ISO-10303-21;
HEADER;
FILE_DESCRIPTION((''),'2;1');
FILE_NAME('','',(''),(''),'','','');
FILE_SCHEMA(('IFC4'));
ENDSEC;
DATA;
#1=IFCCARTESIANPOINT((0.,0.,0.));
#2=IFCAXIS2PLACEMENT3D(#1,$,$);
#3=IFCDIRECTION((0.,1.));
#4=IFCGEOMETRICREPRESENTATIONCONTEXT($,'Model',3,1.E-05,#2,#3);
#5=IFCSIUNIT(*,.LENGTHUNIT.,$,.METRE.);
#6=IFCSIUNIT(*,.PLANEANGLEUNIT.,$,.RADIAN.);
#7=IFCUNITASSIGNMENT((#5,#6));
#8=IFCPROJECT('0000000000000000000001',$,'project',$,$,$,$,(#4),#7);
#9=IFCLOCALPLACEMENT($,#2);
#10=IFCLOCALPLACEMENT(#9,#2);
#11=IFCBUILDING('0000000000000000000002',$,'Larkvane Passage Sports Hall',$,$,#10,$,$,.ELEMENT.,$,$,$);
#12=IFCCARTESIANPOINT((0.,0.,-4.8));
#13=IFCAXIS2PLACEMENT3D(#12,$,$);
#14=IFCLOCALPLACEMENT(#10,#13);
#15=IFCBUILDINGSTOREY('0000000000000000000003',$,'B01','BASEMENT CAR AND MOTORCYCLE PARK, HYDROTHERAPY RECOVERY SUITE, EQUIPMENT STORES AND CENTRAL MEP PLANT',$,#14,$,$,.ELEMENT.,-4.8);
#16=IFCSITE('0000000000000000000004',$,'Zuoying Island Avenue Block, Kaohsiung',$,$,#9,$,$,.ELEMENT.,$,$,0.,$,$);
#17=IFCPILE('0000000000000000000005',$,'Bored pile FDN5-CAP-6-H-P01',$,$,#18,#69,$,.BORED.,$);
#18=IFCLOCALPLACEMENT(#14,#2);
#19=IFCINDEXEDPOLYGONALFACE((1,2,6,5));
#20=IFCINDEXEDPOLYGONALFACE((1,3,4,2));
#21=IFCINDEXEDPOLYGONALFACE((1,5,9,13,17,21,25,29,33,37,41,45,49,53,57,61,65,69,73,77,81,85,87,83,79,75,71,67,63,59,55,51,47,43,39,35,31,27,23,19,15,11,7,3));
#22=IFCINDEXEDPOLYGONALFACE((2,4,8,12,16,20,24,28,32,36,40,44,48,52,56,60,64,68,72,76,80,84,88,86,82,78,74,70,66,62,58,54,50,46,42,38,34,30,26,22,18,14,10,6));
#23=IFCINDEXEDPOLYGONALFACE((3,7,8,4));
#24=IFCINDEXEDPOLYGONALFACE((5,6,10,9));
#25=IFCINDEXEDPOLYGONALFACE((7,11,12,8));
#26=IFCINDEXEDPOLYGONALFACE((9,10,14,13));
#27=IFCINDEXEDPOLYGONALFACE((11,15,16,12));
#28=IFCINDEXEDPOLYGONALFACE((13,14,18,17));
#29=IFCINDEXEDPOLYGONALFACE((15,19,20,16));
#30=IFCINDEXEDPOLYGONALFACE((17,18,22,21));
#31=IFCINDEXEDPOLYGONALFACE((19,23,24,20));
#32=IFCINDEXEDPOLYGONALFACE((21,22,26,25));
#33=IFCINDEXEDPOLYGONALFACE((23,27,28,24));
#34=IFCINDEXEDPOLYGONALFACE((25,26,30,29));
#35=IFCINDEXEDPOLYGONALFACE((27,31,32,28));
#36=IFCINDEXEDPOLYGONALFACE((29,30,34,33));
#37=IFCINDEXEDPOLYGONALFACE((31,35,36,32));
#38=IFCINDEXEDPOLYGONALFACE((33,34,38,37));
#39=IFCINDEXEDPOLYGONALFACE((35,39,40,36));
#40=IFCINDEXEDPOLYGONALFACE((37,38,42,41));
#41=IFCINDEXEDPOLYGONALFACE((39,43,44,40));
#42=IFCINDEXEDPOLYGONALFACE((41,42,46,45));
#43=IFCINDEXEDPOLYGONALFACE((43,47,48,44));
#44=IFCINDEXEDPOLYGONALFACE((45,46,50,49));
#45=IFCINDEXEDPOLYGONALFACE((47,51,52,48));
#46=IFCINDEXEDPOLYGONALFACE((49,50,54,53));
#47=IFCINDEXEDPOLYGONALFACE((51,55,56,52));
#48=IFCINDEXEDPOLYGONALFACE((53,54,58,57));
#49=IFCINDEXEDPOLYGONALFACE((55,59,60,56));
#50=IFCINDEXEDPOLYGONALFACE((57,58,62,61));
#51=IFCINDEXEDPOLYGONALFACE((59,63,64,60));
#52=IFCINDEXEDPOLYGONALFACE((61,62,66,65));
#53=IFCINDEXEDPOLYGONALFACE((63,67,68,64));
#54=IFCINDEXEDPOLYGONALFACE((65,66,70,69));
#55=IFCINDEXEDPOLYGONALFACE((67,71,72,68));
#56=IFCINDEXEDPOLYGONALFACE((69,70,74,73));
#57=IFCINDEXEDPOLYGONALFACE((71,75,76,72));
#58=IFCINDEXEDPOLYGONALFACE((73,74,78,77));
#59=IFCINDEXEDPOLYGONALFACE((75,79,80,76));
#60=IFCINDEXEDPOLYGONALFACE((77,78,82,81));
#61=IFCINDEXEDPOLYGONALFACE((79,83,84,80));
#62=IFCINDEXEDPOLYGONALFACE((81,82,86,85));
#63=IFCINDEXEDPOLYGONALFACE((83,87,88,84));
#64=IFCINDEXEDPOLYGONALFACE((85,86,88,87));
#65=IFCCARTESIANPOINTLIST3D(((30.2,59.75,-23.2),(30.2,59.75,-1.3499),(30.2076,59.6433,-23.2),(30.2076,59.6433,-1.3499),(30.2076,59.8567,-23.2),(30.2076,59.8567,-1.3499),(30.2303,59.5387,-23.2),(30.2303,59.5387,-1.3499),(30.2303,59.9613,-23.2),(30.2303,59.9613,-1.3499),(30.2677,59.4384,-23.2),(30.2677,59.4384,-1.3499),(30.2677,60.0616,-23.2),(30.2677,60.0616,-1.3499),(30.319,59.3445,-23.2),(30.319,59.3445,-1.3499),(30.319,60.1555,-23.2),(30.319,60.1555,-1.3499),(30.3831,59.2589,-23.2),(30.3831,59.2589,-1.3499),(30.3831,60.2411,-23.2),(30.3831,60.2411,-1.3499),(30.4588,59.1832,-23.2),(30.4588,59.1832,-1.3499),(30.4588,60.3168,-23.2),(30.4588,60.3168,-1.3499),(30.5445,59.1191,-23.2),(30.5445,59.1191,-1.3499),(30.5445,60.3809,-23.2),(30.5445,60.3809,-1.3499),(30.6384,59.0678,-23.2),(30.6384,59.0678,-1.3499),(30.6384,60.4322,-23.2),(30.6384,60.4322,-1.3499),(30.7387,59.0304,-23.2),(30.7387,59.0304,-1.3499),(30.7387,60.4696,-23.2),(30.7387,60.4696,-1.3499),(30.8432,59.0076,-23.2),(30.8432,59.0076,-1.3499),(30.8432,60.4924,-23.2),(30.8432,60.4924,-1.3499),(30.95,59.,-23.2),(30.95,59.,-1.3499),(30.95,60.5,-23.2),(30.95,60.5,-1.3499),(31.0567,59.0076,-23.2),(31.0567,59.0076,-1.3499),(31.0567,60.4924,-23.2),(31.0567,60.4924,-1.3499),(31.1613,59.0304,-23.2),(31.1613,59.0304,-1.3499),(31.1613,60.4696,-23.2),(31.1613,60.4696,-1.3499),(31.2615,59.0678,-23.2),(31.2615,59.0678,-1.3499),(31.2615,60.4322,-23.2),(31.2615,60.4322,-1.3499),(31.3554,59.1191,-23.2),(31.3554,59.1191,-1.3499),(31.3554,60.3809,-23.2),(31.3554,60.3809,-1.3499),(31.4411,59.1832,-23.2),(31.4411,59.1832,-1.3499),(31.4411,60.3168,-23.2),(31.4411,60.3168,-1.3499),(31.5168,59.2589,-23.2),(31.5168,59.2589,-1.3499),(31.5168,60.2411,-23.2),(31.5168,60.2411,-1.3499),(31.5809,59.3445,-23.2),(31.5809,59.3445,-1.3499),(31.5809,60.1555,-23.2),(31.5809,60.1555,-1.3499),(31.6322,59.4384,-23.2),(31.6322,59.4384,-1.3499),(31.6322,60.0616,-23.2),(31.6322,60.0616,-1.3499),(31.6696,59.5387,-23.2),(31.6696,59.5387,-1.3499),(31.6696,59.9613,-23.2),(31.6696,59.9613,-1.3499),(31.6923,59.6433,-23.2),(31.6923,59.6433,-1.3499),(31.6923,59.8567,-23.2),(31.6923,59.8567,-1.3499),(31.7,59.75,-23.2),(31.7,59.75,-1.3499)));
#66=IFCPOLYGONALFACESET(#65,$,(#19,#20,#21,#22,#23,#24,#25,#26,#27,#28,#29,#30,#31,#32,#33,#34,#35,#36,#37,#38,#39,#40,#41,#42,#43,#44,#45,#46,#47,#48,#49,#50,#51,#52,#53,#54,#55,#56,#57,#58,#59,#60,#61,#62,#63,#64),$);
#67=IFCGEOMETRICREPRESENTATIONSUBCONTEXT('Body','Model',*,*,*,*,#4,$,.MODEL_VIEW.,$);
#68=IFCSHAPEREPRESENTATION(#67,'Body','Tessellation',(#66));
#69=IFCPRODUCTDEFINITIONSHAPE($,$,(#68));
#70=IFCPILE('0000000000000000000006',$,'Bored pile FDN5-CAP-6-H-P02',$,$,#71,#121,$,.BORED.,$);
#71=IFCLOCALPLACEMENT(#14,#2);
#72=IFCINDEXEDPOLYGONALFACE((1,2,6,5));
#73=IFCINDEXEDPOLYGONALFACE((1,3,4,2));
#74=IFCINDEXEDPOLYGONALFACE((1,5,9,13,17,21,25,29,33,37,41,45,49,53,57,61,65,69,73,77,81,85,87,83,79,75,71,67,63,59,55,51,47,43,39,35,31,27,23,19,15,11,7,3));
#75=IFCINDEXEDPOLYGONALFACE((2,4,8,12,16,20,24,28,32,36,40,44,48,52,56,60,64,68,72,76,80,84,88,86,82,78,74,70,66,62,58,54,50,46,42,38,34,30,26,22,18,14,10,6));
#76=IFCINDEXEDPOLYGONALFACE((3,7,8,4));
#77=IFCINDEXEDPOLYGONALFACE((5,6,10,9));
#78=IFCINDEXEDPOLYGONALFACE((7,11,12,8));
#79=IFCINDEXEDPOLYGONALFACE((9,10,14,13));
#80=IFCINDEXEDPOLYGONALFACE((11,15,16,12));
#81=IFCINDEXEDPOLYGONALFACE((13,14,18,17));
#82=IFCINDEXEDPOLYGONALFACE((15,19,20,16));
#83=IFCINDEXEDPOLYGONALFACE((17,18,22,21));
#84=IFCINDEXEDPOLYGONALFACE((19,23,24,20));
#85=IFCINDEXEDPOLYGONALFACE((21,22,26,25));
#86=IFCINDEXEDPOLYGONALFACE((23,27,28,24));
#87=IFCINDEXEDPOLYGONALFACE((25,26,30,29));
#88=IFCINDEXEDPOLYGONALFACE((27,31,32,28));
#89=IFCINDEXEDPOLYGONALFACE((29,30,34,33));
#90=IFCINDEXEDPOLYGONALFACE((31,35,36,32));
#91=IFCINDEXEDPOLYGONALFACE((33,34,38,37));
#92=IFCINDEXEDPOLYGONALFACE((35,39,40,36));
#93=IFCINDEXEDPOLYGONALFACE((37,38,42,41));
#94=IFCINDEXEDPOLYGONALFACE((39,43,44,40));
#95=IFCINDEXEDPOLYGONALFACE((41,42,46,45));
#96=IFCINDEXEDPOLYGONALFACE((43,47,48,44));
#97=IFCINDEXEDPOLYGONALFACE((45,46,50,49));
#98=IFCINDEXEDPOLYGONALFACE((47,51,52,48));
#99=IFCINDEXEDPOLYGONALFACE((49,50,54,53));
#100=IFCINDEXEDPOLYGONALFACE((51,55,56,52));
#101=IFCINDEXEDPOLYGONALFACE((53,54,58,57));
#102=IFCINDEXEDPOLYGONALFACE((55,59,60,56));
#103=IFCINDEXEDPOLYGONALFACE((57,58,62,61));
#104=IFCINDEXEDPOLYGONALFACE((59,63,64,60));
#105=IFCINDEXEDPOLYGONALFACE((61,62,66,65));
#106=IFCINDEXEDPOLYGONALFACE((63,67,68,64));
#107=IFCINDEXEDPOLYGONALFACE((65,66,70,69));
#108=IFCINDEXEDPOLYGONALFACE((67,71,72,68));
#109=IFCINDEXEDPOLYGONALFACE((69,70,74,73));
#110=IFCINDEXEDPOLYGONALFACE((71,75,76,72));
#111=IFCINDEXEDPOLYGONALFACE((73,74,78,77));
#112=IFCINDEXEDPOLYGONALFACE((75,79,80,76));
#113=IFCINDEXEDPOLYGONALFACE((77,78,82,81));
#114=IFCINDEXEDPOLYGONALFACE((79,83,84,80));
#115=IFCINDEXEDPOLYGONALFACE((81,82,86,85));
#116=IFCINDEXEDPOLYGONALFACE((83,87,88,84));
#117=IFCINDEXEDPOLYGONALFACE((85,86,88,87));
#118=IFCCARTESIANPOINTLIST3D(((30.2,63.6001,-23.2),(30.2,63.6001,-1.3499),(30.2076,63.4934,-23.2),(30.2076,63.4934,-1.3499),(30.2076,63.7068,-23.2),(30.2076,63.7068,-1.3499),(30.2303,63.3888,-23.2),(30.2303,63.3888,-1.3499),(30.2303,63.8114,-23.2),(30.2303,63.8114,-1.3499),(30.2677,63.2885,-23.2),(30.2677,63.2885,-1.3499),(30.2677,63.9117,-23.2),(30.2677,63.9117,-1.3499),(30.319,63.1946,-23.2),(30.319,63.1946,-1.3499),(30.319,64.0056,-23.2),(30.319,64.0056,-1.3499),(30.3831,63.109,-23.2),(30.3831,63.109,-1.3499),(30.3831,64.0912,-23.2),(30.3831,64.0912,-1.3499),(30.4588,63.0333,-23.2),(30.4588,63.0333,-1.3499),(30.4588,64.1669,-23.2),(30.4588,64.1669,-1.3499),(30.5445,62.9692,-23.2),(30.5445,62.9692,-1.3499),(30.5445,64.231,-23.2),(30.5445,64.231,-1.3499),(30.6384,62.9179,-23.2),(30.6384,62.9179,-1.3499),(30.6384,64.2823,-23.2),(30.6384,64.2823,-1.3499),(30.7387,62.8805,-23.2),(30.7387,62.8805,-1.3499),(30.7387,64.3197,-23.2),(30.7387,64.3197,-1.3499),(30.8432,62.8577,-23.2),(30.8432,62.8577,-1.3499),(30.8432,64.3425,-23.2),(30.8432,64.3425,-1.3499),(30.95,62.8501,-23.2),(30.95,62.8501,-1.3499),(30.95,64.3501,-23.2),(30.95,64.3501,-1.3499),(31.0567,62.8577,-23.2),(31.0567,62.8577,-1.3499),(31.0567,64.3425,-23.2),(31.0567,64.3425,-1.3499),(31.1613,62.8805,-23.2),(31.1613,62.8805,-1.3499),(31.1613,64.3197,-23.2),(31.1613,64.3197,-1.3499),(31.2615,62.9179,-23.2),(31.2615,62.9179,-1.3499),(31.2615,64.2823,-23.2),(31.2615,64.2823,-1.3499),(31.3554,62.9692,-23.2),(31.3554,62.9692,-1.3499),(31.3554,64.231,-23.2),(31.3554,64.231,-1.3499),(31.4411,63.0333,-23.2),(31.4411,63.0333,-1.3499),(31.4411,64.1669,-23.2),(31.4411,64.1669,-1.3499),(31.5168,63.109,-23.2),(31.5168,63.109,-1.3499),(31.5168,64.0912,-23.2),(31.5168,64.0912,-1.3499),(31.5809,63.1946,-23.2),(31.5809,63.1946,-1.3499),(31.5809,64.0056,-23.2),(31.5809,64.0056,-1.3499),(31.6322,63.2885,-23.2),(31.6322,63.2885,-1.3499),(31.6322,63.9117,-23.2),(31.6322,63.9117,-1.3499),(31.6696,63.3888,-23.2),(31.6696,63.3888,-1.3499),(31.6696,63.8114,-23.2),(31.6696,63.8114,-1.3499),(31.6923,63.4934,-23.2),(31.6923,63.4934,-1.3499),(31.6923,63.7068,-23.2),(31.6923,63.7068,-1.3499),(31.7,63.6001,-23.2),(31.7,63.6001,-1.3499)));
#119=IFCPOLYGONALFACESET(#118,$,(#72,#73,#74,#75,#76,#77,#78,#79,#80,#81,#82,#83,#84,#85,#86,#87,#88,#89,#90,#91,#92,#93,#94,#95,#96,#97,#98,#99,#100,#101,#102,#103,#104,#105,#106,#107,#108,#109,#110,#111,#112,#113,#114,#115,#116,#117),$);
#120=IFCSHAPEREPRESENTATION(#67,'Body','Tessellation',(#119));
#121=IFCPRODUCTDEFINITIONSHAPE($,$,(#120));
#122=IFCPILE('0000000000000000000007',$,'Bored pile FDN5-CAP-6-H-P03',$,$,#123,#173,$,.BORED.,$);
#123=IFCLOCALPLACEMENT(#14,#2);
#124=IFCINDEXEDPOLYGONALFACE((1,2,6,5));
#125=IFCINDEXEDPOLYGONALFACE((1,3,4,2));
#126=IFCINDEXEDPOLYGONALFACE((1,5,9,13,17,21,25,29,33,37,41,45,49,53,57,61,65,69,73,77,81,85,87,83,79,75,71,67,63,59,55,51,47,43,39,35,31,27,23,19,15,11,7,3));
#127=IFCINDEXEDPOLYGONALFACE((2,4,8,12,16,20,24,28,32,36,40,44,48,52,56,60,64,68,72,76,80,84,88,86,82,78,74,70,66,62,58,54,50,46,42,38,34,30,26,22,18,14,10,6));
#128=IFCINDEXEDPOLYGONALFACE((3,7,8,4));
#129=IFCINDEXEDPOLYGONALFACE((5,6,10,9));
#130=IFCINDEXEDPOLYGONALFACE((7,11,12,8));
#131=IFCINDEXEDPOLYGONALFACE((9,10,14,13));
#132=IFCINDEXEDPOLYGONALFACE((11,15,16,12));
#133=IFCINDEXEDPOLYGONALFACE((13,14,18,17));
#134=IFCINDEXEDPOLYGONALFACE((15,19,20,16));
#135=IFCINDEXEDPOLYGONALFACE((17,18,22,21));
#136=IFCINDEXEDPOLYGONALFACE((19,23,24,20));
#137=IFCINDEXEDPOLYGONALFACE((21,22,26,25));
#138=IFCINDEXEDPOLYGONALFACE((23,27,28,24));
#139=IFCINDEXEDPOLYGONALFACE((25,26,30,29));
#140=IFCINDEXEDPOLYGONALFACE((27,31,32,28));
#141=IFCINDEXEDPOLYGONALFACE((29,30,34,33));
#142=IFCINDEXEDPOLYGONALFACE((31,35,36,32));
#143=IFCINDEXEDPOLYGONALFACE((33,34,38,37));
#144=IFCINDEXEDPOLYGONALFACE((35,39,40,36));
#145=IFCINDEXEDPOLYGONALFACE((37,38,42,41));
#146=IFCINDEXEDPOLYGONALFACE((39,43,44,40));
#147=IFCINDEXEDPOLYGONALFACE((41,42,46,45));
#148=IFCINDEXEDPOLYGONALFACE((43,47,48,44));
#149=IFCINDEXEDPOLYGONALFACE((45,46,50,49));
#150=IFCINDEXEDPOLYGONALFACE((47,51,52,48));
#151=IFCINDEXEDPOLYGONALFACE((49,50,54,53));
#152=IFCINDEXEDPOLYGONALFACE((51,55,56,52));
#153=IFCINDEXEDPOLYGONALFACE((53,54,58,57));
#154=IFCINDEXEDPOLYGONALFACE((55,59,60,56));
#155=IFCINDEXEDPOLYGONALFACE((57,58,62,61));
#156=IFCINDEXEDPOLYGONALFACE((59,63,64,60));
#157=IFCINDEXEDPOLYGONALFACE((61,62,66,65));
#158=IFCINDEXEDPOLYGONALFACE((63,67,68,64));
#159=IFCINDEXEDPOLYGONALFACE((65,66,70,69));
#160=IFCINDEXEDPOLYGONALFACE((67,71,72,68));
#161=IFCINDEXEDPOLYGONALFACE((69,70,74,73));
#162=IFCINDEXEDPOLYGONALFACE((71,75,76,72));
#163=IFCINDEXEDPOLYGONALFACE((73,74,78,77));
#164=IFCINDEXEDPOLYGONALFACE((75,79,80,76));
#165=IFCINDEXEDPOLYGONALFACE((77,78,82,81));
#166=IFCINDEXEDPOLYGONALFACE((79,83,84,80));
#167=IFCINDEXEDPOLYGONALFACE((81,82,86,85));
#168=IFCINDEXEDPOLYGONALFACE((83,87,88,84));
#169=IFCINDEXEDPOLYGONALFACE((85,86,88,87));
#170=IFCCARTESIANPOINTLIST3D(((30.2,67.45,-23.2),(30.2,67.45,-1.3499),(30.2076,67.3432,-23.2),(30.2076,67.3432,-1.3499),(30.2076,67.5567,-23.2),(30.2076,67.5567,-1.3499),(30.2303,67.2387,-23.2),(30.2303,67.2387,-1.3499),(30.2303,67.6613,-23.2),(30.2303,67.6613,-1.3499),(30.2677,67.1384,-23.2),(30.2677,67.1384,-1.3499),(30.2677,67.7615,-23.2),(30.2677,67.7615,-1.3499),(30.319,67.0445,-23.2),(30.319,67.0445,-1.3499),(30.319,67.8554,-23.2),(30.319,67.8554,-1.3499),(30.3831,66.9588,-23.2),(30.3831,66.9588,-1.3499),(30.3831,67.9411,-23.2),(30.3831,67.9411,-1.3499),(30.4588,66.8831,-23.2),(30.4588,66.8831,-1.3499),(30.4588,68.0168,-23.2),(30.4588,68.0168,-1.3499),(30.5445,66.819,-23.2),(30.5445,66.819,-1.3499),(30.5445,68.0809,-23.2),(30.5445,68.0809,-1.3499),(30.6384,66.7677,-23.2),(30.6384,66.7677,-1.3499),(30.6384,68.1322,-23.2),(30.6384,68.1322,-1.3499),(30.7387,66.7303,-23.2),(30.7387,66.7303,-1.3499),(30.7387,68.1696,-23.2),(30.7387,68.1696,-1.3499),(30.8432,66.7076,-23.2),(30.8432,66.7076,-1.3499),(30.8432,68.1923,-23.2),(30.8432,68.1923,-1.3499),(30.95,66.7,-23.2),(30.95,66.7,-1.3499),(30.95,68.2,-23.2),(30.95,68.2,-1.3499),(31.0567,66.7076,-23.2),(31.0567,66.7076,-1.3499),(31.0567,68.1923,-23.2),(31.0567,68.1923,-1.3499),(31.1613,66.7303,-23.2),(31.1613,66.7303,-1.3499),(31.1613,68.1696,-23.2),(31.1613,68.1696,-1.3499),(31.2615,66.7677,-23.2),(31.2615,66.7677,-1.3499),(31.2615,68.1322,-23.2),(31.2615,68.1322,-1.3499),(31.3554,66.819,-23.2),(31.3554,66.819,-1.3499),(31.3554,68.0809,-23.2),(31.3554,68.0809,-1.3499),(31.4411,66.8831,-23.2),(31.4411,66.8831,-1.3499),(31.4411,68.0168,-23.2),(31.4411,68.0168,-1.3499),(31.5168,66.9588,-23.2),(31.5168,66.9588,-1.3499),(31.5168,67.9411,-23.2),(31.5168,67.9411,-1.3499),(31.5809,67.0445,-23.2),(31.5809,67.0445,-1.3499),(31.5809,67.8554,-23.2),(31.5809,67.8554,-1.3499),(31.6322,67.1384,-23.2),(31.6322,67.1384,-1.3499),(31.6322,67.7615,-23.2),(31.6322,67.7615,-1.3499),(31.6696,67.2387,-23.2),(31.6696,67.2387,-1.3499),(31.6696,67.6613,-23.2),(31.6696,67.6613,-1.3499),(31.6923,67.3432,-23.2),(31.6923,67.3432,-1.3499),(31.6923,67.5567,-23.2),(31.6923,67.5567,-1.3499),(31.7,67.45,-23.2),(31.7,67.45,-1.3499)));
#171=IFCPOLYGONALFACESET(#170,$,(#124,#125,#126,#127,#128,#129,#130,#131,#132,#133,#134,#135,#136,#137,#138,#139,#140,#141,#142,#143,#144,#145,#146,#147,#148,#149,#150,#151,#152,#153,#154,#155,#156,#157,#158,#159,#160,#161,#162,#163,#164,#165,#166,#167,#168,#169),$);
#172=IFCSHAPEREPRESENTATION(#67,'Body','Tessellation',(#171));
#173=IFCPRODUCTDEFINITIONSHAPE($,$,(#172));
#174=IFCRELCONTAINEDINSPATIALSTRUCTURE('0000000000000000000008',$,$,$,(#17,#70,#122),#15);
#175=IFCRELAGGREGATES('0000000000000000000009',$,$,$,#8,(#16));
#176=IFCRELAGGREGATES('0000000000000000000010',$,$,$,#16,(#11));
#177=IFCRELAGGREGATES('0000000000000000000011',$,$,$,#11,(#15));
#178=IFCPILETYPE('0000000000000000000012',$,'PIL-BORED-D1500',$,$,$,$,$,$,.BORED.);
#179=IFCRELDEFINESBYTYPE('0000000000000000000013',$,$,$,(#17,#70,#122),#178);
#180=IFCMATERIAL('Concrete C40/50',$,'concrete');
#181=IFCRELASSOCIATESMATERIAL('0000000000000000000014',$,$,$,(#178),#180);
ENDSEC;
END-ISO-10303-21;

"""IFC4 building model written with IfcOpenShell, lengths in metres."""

from ifc_helpers import new_model, si_unit, direction, frame, origin, origin_2d, place, context, subcontext, project, spatial, circle, extrude, material, material_profile, profile_set, type_object, element, save


model = new_model("IFC4")

# Units and contexts
model_context = context("Model", 3, precision=1e-05, world=origin(), true_north=direction((0.0, 1.0)))
body_context = subcontext(model_context, "Body", "Model", "MODEL_VIEW")
ifc_project = project(units=[si_unit("LENGTHUNIT", "METRE"), si_unit("PLANEANGLEUNIT", "RADIAN")], contexts=[model_context])

# Site, building, storey
site_placement = place(None, origin())
site = spatial("IfcSite", under=ifc_project, at=site_placement, Name="Zuoying Island Avenue Block, Kaohsiung", CompositionType="ELEMENT", RefElevation=0.0)
building_placement = place(site_placement, origin())
building = spatial("IfcBuilding", under=site, at=building_placement, Name="Larkvane Passage Sports Hall", CompositionType="ELEMENT")
storey_placement = place(building_placement, frame((0.0, 0.0, -4.8)))
storey = spatial("IfcBuildingStorey", under=building, at=storey_placement, Name="B01", Description="BASEMENT CAR AND MOTORCYCLE PARK, HYDROTHERAPY RECOVERY SUITE, EQUIPMENT STORES AND CENTRAL MEP PLANT", CompositionType="ELEMENT", Elevation=-4.8)

# Shared definitions
ifc_material_1 = material(Name="Concrete C40/50", Category="concrete")

# Piles
ifc_material_profile_1 = material_profile(ifc_material_1, circle(Radius=0.75, at=origin_2d()), Name="PILE-D1500")
ifc_profile_set_1 = profile_set([ifc_material_profile_1], Name="Concrete C40/50")
pile_type_1 = type_object("IfcPileType", Name="PIL-BORED-D1500", PredefinedType="BORED", material=ifc_profile_set_1)
for number, where, z_axis, x_axis, name in (
    (1, (30.95, 59.75, -1.3499), (0.0, 0.0, -1.0), (1.0, 0.0, 0.0), "Bored pile FDN5-CAP-6-H-P01"),
    (2, (30.95, 63.6001, -1.3499), (0.0, 0.0, -1.0), (1.0, 0.0, 0.0), "Bored pile FDN5-CAP-6-H-P02"),
    (3, (30.95, 67.45, -1.3499), (0.0, 0.0, -1.0), (1.0, 0.0, 0.0), "Bored pile FDN5-CAP-6-H-P03"),
):
    element("IfcPile", number, at=place(storey_placement, frame(where, z_axis=z_axis, x_axis=x_axis)), inside=storey, type_object=pile_type_1, Name=name, PredefinedType="BORED", context=body_context, shape_type="SweptSolid", body=[
        extrude(circle(Radius=0.75, at=origin_2d()), origin(), (0.0, 0.0, 1.0), 21.8501),
    ])

save(model, "model.ifc")
